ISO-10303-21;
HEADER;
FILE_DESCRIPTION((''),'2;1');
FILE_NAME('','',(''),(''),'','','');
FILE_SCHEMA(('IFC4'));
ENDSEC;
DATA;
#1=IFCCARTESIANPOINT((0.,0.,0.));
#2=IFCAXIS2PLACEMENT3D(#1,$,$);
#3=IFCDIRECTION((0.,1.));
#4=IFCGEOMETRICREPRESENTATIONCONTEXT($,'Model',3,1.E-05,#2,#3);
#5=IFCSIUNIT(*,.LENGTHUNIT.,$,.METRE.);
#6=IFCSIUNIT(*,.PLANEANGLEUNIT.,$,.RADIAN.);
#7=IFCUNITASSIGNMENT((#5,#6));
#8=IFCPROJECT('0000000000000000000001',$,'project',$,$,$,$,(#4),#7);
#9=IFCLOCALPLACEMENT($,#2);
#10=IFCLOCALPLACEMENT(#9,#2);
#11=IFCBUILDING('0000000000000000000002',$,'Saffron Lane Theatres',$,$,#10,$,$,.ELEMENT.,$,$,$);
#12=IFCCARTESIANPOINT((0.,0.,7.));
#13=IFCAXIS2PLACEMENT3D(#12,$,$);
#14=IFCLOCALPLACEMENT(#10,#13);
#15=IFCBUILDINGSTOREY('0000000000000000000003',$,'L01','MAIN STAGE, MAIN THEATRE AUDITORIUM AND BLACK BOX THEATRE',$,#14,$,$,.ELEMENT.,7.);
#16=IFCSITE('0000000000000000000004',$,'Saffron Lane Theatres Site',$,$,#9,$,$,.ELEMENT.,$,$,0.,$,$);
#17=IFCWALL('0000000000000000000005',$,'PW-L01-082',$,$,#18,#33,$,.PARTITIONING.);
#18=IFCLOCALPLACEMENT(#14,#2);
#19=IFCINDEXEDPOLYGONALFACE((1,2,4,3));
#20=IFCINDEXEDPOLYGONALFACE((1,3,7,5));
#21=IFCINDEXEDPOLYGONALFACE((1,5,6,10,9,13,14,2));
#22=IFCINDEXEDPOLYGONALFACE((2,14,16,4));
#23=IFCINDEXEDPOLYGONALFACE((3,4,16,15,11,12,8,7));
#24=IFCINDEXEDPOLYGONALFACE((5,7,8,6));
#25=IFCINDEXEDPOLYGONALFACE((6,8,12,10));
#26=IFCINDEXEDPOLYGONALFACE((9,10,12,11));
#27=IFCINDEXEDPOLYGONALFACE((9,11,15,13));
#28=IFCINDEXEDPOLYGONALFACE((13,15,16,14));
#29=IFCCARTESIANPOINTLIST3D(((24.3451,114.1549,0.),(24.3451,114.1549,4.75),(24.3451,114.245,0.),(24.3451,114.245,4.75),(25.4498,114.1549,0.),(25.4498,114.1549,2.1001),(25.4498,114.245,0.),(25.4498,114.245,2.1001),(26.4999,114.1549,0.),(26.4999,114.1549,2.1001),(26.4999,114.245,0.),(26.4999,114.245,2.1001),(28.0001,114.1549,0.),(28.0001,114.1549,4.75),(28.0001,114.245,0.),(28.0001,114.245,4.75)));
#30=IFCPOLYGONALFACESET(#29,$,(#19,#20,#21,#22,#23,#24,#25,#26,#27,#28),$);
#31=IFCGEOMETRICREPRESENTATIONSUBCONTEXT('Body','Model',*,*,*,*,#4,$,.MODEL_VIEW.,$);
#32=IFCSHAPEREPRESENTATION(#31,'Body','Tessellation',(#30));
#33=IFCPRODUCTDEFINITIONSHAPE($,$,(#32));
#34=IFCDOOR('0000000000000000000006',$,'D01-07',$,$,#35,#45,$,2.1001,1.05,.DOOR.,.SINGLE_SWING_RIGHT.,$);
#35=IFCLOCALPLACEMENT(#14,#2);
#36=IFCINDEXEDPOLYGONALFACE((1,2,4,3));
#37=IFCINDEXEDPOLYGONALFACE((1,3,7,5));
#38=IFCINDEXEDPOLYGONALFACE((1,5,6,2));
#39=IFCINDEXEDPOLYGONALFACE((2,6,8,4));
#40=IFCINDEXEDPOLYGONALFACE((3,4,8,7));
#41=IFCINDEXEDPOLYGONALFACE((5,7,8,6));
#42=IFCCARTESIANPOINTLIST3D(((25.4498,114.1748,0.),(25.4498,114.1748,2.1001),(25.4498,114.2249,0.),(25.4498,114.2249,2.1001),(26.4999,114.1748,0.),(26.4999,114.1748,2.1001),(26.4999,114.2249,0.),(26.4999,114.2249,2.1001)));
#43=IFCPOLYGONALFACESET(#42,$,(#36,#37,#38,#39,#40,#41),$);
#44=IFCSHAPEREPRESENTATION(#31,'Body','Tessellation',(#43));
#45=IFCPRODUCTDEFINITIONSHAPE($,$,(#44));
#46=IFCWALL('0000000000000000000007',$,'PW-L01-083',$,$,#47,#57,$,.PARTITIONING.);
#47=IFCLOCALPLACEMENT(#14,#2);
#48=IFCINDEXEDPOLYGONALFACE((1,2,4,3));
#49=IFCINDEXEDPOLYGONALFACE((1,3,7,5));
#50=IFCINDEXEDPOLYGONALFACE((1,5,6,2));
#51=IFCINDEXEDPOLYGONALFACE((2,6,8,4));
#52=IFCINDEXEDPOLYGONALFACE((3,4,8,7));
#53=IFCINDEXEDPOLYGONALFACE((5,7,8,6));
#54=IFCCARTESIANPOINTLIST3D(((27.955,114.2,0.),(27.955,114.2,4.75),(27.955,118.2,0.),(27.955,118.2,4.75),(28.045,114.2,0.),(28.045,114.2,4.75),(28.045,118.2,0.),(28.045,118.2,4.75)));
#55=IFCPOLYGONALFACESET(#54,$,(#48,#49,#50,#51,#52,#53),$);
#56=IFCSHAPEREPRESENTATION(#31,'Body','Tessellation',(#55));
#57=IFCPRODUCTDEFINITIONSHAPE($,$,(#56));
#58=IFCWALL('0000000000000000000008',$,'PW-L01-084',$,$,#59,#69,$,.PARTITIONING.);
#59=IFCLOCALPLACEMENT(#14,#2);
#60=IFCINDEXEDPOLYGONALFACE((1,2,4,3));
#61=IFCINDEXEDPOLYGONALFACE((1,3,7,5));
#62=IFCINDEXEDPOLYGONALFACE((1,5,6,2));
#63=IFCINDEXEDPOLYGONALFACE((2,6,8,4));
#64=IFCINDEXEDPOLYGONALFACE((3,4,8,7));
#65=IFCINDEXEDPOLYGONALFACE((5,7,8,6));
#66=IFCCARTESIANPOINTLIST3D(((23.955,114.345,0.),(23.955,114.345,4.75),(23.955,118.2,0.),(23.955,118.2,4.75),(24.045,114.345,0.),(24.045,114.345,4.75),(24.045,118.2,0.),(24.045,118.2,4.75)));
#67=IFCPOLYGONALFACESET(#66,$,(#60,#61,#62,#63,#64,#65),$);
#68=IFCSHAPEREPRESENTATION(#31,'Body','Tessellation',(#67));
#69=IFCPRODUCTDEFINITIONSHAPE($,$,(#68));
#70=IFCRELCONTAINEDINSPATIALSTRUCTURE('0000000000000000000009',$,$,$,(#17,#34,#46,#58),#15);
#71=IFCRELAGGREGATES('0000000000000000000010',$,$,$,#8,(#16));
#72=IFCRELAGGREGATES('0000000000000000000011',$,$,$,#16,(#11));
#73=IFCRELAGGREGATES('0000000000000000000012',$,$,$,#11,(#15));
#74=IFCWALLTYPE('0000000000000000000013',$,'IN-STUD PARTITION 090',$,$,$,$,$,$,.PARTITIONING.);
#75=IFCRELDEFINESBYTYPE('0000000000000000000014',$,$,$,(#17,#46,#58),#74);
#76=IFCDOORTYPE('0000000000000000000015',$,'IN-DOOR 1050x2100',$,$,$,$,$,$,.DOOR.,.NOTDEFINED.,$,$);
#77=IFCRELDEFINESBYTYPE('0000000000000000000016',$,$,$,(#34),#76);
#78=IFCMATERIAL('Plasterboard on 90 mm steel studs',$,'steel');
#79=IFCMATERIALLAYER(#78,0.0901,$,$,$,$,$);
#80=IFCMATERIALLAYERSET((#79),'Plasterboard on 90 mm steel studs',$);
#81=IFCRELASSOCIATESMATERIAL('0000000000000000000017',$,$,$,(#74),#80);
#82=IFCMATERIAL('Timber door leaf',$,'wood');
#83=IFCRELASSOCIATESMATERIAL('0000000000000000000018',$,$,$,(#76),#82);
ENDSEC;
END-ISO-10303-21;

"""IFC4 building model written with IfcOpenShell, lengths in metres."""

from ifc_helpers import new_model, si_unit, direction, frame, frame_2d, origin, place, context, subcontext, project, spatial, rectangle, extrude, material, layer, layer_set, type_object, element, fill, save


model = new_model("IFC4")

# Units and contexts
model_context = context("Model", 3, precision=1e-05, world=origin(), true_north=direction((0.0, 1.0)))
body_context = subcontext(model_context, "Body", "Model", "MODEL_VIEW")
ifc_project = project(units=[si_unit("LENGTHUNIT", "METRE"), si_unit("PLANEANGLEUNIT", "RADIAN")], contexts=[model_context])

# Site, building, storey
site_placement = place(None, origin())
site = spatial("IfcSite", under=ifc_project, at=site_placement, Name="Saffron Lane Theatres Site", CompositionType="ELEMENT", RefElevation=0.0)
building_placement = place(site_placement, origin())
building = spatial("IfcBuilding", under=site, at=building_placement, Name="Saffron Lane Theatres", CompositionType="ELEMENT")
storey_placement = place(building_placement, frame((0.0, 0.0, 7.0)))
storey = spatial("IfcBuildingStorey", under=building, at=storey_placement, Name="L01", Description="MAIN STAGE, MAIN THEATRE AUDITORIUM AND BLACK BOX THEATRE", CompositionType="ELEMENT", Elevation=7.0)

# Wall, opening, door
ifc_material_1 = material(Name="Plasterboard on 90 mm steel studs", Category="steel")
ifc_layer = layer(ifc_material_1, 0.0901)
ifc_layer_set = layer_set([ifc_layer], Name="Plasterboard on 90 mm steel studs")
wall_type = type_object("IfcWallType", Name="IN-STUD PARTITION 090", PredefinedType="PARTITIONING", material=ifc_layer_set)
wall_1_placement = place(storey_placement, frame((24.345, 114.2, 0.0), z_axis=(0.0, 0.0, 1.0), x_axis=(1.0, 0.0, 0.0)))
wall_1 = element("IfcWall", 1, at=wall_1_placement, inside=storey, type_object=wall_type, Name="PW-L01-082", PredefinedType="PARTITIONING", context=body_context, shape_type="SweptSolid", body=[
    extrude(rectangle(XDim=3.655, YDim=0.0901, at=frame_2d((1.8276, 0.0))), origin(), (0.0, 0.0, 1.0), 4.75),
])
opening_placement = place(wall_1_placement, frame((1.105, 0.0, 0.0)))
opening = element("IfcOpeningElement", 2, at=opening_placement, cuts=wall_1, PredefinedType="OPENING", context=body_context, shape_type="SweptSolid", body=[
    extrude(rectangle(XDim=1.05, YDim=2.1001, at=frame_2d((0.5249, 1.05))), frame((0.0, 0.0552, 0.0), z_axis=(0.0, -1.0, 0.0), x_axis=(1.0, 0.0, 0.0)), (0.0, 0.0, 1.0), 0.1101),
])
ifc_material_2 = material(Name="Timber door leaf", Category="wood")
door_type = type_object("IfcDoorType", Name="IN-DOOR 1050x2100", OperationType="NOTDEFINED", PredefinedType="DOOR", material=ifc_material_2)
door_placement = place(opening_placement, origin())
door = element("IfcDoor", 3, at=door_placement, inside=storey, type_object=door_type, Name="D01-07", OperationType="SINGLE_SWING_RIGHT", OverallHeight=2.1001, OverallWidth=1.05, PredefinedType="DOOR", context=body_context, shape_type="SweptSolid", body=[
    extrude(rectangle(XDim=1.05, YDim=2.1001, at=frame_2d((0.5249, 1.05))), frame((0.0, 0.0249, 0.0), z_axis=(0.0, -1.0, 0.0), x_axis=(1.0, 0.0, 0.0)), (0.0, 0.0, 1.0), 0.05),
])
fill(opening, door)

# Walls
wall_2_placement = place(storey_placement, frame((28.0, 114.2, 0.0), z_axis=(0.0, 0.0, 1.0), x_axis=(0.0, 1.0, 0.0)))
element("IfcWall", 4, at=wall_2_placement, inside=storey, type_object=wall_type, Name="PW-L01-083", PredefinedType="PARTITIONING", context=body_context, shape_type="SweptSolid", body=[
    extrude(rectangle(XDim=4.0, YDim=0.0901, at=frame_2d((2.0, 0.0))), origin(), (0.0, 0.0, 1.0), 4.75),
])
wall_3_placement = place(storey_placement, frame((24.0, 114.345, 0.0), z_axis=(0.0, 0.0, 1.0), x_axis=(0.0, 1.0, 0.0)))
element("IfcWall", 5, at=wall_3_placement, inside=storey, type_object=wall_type, Name="PW-L01-084", PredefinedType="PARTITIONING", context=body_context, shape_type="SweptSolid", body=[
    extrude(rectangle(XDim=3.855, YDim=0.0901, at=frame_2d((1.9275, 0.0))), origin(), (0.0, 0.0, 1.0), 4.75),
])

save(model, "model.ifc")
